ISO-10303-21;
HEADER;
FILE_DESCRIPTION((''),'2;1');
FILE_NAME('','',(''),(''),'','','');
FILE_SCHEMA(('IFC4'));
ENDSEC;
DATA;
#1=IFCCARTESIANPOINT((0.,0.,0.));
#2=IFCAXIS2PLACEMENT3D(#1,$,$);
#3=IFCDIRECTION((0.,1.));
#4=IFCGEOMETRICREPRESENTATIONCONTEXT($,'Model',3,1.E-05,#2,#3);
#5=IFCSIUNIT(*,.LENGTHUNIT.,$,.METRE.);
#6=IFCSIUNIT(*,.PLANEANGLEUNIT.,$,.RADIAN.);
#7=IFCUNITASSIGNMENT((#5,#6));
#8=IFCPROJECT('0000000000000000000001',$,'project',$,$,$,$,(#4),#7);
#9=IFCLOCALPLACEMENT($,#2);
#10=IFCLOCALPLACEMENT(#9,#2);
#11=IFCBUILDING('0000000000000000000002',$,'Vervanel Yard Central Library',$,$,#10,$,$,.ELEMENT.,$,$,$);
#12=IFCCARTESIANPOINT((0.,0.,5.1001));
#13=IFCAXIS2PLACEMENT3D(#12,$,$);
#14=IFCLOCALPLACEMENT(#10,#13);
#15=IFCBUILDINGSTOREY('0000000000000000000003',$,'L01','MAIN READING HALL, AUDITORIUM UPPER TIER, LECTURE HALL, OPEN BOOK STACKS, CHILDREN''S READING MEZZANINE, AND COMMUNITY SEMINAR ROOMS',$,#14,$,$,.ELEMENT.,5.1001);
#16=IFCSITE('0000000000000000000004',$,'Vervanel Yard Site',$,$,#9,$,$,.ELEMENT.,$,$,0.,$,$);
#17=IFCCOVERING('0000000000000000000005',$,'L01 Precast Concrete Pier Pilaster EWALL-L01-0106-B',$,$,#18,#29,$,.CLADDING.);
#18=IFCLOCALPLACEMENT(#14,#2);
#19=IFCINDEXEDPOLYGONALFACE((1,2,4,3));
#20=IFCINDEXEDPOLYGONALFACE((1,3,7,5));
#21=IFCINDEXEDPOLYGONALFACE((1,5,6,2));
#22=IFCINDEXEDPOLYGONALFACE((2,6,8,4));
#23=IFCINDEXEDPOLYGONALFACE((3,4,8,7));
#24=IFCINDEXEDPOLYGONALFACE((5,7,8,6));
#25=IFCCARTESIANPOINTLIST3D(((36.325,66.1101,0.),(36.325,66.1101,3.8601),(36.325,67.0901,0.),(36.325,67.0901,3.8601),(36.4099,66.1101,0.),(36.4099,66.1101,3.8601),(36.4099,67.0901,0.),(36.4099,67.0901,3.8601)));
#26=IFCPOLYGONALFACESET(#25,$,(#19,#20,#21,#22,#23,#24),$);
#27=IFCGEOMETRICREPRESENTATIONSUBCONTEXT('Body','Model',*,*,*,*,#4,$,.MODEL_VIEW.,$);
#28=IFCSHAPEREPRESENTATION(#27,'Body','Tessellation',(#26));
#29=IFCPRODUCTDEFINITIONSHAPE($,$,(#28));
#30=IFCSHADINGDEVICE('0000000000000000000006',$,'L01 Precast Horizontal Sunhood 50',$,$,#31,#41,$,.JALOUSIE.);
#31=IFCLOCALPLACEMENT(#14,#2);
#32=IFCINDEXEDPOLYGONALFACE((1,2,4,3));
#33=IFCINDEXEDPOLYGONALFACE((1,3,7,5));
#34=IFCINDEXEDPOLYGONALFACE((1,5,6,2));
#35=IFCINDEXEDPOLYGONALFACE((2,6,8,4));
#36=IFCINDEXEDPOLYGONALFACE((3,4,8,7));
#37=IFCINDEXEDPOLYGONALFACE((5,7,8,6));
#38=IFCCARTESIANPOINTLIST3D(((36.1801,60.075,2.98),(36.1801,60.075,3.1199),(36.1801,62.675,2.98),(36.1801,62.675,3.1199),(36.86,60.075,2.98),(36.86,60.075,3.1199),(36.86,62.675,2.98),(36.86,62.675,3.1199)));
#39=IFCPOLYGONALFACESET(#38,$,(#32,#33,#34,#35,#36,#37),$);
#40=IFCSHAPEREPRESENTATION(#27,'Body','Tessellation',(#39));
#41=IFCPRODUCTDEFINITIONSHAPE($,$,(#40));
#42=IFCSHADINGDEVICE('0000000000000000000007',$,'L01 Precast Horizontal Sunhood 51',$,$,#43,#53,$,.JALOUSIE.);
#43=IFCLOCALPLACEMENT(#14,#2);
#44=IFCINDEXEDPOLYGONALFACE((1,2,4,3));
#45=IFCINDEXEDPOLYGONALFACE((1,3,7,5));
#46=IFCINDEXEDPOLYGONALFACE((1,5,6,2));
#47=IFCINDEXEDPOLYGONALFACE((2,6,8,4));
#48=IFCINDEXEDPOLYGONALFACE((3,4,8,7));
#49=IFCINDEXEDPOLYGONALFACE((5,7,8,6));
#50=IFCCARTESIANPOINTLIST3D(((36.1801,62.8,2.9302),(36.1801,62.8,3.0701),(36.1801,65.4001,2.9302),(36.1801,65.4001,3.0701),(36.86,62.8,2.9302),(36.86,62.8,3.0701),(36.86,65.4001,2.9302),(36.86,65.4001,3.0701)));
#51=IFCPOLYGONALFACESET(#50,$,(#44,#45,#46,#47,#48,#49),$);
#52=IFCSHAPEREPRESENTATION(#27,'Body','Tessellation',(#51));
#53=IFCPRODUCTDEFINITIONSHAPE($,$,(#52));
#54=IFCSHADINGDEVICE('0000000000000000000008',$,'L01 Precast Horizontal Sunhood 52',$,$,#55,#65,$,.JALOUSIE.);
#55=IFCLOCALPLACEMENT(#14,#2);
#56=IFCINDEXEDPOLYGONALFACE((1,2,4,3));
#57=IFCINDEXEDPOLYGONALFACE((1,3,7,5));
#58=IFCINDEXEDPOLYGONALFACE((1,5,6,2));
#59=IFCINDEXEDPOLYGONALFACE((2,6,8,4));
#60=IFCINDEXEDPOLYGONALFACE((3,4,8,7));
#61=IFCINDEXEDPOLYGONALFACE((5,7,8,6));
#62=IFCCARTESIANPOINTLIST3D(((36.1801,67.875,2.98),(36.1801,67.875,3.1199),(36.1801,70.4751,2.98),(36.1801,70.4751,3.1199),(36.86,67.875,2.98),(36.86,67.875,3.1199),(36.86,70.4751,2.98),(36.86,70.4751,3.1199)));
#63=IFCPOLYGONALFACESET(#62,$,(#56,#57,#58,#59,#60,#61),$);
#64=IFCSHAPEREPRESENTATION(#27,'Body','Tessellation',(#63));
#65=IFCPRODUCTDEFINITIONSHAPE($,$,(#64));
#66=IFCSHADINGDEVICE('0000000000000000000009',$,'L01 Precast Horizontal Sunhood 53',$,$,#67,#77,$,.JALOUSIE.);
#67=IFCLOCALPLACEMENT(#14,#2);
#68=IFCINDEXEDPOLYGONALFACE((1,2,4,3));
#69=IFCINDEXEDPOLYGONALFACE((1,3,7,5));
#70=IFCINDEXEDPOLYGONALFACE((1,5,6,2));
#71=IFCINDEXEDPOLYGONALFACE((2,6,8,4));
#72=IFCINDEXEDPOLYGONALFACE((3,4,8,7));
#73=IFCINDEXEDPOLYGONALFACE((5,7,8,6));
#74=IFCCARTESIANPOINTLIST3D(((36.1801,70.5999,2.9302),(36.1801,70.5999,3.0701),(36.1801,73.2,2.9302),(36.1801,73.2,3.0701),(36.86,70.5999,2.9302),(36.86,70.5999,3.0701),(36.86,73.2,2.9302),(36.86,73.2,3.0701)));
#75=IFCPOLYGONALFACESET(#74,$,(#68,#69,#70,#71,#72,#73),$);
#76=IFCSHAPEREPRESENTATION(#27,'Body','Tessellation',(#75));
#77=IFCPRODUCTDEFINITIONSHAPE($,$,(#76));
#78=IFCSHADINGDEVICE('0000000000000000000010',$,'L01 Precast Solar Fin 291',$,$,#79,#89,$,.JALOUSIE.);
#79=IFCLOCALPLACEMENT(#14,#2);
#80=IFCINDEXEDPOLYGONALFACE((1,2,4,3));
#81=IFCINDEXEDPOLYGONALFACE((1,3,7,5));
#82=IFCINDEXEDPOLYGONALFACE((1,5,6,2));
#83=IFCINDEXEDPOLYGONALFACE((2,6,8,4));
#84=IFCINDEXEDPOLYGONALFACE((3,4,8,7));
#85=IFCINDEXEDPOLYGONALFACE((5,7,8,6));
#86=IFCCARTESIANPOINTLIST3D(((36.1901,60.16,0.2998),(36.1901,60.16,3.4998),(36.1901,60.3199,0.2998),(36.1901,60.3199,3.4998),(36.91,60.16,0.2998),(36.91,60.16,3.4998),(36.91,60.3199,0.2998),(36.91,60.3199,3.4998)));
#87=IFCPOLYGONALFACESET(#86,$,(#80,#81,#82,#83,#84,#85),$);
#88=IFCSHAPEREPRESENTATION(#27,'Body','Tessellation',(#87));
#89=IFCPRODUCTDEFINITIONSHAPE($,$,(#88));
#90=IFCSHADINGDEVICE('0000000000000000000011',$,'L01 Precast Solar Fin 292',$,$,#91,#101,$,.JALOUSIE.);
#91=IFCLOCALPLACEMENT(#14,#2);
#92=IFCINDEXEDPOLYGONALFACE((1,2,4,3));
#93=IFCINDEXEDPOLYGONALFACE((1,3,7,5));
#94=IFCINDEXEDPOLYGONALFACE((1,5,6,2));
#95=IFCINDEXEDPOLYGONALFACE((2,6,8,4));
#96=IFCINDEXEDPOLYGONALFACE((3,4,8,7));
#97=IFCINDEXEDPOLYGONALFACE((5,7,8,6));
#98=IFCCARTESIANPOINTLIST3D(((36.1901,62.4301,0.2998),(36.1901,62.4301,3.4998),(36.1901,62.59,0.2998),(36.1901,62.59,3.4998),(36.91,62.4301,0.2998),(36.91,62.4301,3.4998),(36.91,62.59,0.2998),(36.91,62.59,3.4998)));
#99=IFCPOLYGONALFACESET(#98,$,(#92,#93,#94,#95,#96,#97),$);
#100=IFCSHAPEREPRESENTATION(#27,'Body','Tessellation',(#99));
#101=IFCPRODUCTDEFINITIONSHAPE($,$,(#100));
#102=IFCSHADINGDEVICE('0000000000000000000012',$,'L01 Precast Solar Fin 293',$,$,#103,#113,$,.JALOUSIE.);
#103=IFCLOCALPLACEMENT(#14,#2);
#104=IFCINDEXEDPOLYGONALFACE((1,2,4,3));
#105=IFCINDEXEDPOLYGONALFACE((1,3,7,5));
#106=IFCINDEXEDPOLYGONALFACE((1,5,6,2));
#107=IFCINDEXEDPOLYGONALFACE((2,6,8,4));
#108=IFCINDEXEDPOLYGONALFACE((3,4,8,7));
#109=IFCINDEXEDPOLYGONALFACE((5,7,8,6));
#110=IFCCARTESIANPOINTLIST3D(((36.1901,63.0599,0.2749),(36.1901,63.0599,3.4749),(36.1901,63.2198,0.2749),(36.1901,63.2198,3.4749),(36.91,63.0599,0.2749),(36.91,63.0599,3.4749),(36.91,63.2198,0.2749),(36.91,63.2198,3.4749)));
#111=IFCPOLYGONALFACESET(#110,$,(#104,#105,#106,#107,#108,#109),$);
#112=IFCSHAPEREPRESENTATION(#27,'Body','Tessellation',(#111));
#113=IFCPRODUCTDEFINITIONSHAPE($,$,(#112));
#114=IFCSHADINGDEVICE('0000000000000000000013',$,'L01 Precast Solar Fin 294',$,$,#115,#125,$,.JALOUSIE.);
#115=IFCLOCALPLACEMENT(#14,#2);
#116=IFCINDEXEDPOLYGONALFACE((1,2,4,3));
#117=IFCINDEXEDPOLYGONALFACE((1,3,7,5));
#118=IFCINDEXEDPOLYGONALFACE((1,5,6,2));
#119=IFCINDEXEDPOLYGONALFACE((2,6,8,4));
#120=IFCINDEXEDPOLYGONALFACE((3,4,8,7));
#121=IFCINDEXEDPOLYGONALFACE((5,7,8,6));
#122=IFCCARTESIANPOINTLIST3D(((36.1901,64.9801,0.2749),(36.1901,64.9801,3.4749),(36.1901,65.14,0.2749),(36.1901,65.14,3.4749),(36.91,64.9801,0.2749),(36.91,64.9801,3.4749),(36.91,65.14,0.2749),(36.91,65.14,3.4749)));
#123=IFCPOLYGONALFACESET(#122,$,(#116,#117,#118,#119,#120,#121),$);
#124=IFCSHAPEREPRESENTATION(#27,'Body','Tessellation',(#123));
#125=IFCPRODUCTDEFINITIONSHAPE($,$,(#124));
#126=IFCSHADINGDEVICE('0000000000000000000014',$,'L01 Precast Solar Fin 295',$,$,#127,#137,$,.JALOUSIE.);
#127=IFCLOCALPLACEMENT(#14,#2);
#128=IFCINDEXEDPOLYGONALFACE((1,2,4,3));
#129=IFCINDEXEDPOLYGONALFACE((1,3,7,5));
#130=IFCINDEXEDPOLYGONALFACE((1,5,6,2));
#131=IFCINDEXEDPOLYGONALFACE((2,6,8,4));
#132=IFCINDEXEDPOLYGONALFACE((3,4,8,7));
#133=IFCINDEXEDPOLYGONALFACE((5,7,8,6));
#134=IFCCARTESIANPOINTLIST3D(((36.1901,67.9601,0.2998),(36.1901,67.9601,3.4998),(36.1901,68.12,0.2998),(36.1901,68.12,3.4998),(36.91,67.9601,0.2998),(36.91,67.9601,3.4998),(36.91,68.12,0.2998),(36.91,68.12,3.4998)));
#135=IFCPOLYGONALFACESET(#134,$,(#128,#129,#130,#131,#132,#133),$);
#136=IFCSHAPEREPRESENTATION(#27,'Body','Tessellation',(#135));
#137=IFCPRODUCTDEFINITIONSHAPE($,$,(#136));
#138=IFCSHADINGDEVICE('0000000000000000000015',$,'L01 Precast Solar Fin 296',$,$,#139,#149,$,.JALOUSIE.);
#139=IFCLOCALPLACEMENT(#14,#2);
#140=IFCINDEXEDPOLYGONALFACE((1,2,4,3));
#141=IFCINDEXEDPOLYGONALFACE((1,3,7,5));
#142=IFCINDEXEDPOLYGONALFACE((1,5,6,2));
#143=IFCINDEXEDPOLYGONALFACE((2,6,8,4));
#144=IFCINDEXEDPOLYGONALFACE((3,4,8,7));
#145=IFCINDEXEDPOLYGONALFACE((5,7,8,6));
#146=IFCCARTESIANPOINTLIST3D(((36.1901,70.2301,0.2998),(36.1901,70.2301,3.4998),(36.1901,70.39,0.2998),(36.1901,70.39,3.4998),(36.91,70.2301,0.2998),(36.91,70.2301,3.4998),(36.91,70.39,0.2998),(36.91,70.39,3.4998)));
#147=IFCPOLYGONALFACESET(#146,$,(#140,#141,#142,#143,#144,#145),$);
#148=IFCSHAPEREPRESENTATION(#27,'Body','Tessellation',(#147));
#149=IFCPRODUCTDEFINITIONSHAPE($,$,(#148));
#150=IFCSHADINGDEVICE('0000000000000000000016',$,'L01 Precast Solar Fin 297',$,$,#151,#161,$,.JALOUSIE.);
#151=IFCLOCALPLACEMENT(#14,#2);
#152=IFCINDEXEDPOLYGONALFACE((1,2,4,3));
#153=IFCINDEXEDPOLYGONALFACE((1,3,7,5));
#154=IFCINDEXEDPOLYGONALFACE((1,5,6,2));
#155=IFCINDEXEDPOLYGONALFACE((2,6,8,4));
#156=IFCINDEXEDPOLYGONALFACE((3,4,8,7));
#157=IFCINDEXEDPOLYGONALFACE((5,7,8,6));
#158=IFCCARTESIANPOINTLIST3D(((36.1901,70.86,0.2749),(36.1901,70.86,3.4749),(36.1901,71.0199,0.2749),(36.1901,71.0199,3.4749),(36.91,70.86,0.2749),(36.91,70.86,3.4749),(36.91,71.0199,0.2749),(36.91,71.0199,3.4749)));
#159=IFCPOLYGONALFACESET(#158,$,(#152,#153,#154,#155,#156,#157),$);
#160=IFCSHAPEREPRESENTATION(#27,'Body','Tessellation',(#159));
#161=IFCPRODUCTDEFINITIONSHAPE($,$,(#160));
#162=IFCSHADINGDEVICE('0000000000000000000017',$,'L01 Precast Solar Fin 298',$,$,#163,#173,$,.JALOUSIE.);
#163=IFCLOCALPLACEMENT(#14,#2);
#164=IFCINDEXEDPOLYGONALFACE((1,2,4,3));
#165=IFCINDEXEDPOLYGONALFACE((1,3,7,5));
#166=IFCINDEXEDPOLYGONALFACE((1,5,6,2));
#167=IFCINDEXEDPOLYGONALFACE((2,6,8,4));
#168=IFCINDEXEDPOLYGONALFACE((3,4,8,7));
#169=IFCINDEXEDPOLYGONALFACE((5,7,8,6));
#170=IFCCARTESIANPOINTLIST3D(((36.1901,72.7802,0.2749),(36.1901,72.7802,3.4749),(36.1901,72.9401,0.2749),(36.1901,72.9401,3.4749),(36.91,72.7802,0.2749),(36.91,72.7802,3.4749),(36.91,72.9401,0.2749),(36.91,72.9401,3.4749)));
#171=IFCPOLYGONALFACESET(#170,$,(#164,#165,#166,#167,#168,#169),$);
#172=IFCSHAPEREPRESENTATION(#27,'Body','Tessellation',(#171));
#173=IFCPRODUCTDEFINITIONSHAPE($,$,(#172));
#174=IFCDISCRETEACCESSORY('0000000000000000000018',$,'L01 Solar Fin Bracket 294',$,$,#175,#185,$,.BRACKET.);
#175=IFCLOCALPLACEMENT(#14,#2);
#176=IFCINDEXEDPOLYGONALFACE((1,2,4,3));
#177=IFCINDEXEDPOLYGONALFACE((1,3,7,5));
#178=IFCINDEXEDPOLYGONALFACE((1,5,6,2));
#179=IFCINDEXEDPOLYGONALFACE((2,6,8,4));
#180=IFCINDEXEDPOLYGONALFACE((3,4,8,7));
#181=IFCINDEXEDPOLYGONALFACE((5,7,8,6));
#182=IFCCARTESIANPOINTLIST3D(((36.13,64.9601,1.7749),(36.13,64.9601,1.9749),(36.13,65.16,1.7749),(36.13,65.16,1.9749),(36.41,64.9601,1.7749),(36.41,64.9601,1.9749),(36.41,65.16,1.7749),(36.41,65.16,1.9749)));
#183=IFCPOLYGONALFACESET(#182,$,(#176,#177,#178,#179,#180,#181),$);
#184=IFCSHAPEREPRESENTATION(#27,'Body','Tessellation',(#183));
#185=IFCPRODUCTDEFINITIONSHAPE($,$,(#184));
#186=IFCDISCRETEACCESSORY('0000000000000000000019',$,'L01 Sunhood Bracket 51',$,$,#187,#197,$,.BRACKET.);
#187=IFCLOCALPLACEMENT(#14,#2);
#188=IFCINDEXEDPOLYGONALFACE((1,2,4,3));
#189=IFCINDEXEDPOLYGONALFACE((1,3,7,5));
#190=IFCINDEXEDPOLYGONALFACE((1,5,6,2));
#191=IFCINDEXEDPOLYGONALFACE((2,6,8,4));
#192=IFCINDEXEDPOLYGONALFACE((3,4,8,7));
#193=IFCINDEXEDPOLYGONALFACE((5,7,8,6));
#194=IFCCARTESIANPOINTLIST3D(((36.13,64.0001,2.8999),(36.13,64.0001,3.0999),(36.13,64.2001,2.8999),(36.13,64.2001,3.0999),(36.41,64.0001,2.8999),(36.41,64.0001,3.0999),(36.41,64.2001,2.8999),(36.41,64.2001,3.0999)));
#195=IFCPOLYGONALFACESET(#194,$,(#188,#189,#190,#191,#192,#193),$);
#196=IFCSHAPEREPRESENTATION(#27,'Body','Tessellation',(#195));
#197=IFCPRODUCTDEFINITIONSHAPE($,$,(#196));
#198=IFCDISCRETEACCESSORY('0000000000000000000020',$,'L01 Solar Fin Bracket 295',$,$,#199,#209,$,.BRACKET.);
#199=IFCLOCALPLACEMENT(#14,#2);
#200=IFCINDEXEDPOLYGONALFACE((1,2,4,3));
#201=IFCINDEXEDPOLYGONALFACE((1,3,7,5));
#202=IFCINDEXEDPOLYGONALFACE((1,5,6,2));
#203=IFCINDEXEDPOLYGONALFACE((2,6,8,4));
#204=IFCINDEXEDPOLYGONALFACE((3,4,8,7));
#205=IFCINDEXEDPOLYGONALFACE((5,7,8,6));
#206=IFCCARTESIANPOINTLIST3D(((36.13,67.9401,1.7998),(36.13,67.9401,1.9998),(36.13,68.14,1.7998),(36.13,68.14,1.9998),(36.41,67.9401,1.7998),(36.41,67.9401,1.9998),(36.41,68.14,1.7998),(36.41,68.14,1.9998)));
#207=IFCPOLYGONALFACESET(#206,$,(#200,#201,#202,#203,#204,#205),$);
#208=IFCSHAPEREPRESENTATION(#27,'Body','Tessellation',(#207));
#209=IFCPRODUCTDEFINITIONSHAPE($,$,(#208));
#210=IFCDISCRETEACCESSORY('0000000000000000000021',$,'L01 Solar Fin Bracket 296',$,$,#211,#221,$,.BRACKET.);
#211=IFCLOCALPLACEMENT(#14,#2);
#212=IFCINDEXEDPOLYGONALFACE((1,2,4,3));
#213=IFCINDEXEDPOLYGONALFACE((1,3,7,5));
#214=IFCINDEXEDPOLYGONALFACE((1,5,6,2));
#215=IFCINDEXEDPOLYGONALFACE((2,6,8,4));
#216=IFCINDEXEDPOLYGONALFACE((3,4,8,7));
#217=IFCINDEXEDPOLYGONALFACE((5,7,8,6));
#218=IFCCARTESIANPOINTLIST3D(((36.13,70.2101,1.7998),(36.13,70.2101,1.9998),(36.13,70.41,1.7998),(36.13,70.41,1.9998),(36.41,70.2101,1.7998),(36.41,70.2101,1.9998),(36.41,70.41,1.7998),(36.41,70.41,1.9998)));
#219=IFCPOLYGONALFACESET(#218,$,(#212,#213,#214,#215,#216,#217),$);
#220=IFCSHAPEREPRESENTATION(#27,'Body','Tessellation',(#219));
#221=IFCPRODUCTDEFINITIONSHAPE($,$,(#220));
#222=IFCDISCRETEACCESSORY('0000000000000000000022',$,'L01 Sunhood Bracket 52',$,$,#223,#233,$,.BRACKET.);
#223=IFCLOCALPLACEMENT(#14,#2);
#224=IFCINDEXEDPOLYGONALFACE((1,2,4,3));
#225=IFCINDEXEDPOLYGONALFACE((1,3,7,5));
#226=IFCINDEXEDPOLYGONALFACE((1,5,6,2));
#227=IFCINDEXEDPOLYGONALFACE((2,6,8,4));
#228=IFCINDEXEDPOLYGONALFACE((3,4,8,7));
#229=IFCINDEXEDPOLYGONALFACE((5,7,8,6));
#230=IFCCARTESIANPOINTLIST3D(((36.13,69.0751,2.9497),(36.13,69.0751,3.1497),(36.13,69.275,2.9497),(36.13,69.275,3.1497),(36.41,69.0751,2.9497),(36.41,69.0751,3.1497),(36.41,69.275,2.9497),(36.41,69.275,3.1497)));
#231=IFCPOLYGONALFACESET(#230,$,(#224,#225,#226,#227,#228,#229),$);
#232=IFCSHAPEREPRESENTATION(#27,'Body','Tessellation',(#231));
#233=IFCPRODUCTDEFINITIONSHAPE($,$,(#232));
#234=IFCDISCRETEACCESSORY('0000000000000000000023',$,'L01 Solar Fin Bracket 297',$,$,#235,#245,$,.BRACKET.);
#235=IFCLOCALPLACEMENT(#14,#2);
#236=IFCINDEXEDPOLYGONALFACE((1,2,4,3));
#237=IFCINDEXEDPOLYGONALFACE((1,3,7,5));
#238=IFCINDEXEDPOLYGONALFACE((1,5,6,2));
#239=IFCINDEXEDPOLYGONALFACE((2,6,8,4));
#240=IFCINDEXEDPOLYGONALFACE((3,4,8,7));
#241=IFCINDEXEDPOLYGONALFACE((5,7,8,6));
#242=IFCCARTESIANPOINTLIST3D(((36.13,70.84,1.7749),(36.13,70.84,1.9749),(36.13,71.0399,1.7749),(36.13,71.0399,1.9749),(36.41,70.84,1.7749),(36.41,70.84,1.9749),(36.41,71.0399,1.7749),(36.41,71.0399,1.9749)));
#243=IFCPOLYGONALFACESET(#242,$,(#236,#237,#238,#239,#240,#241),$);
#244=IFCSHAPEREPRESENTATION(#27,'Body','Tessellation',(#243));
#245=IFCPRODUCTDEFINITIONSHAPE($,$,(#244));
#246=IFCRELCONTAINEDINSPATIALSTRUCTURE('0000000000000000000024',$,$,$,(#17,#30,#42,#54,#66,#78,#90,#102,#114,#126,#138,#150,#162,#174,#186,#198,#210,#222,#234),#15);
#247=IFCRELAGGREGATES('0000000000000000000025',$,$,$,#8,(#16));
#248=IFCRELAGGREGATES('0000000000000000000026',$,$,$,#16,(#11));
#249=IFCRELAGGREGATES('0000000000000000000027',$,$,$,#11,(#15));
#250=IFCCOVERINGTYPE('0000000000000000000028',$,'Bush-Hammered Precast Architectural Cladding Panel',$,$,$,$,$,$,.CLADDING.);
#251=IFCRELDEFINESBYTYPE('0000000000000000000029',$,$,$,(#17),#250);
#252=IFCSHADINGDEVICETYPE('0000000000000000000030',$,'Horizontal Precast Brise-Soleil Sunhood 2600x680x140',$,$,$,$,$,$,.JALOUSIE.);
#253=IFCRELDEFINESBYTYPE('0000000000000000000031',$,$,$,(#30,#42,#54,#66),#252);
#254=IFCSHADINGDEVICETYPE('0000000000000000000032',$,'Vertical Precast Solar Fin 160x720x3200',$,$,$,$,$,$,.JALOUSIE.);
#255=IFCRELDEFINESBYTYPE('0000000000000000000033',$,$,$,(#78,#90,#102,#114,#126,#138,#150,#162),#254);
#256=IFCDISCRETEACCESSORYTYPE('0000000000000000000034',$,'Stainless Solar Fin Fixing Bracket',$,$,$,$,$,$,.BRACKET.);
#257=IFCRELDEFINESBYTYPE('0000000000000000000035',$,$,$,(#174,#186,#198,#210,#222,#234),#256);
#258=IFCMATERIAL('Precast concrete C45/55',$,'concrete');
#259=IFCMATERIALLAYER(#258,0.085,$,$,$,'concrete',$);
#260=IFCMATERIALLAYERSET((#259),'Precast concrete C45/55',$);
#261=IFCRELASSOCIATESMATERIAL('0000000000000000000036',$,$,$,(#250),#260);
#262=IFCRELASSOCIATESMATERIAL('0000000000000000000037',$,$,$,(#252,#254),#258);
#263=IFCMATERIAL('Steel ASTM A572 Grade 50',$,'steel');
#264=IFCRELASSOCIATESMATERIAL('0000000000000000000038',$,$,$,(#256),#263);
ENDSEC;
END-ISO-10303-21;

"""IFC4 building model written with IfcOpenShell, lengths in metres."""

from ifc_helpers import new_model, si_unit, direction, frame, origin, origin_2d, place, context, subcontext, project, spatial, rectangle, extrude, material, layer, layer_set, type_object, element, save


model = new_model("IFC4")

# Units and contexts
model_context = context("Model", 3, precision=1e-05, world=origin(), true_north=direction((0.0, 1.0)))
body_context = subcontext(model_context, "Body", "Model", "MODEL_VIEW")
ifc_project = project(units=[si_unit("LENGTHUNIT", "METRE"), si_unit("PLANEANGLEUNIT", "RADIAN")], contexts=[model_context])

# Site, building, storey
site_placement = place(None, origin())
site = spatial("IfcSite", under=ifc_project, at=site_placement, Name="Vervanel Yard Site", CompositionType="ELEMENT", RefElevation=0.0)
building_placement = place(site_placement, origin())
building = spatial("IfcBuilding", under=site, at=building_placement, Name="Vervanel Yard Central Library", CompositionType="ELEMENT")
storey_placement = place(building_placement, frame((0.0, 0.0, 5.1001)))
storey = spatial("IfcBuildingStorey", under=building, at=storey_placement, Name="L01", Description="MAIN READING HALL, AUDITORIUM UPPER TIER, LECTURE HALL, OPEN BOOK STACKS, CHILDREN'S READING MEZZANINE, AND COMMUNITY SEMINAR ROOMS", CompositionType="ELEMENT", Elevation=5.1001)

# Covering
ifc_material_1 = material(Name="Precast concrete C45/55", Category="concrete")
ifc_layer = layer(ifc_material_1, 0.085, Category="concrete")
ifc_layer_set = layer_set([ifc_layer], Name="Precast concrete C45/55")
covering_type = type_object("IfcCoveringType", Name="Bush-Hammered Precast Architectural Cladding Panel", PredefinedType="CLADDING", material=ifc_layer_set)
covering_placement = place(storey_placement, frame((36.3674, 66.6001, 0.0), z_axis=(0.0, 0.0, 1.0), x_axis=(0.0, 1.0, 0.0)))
element("IfcCovering", 1, at=covering_placement, inside=storey, type_object=covering_type, Name="L01 Precast Concrete Pier Pilaster EWALL-L01-0106-B", PredefinedType="CLADDING", context=body_context, shape_type="SweptSolid", body=[
    extrude(rectangle(XDim=0.98, YDim=0.085, at=origin_2d()), origin(), (0.0, 0.0, 1.0), 3.8601),
])

# Shading devices
shading_device_type_1 = type_object("IfcShadingDeviceType", Name="Horizontal Precast Brise-Soleil Sunhood 2600x680x140", PredefinedType="JALOUSIE", material=ifc_material_1)
for number, where, z_axis, x_axis, name in (
    (2, (36.52, 61.375, 2.98), (0.0, 0.0, 1.0), (0.0, 1.0, 0.0), "L01 Precast Horizontal Sunhood 50"),
    (3, (36.52, 64.1001, 2.9302), (0.0, 0.0, 1.0), (0.0, 1.0, 0.0), "L01 Precast Horizontal Sunhood 51"),
    (4, (36.52, 69.175, 2.98), (0.0, 0.0, 1.0), (0.0, 1.0, 0.0), "L01 Precast Horizontal Sunhood 52"),
    (5, (36.52, 71.8999, 2.9302), (0.0, 0.0, 1.0), (0.0, 1.0, 0.0), "L01 Precast Horizontal Sunhood 53"),
):
    element("IfcShadingDevice", number, at=place(storey_placement, frame(where, z_axis=z_axis, x_axis=x_axis)), inside=storey, type_object=shading_device_type_1, Name=name, PredefinedType="JALOUSIE", context=body_context, shape_type="SweptSolid", body=[
        extrude(rectangle(XDim=2.6001, YDim=0.6799, at=origin_2d()), origin(), (0.0, 0.0, 1.0), 0.1399),
    ])
shading_device_type_2 = type_object("IfcShadingDeviceType", Name="Vertical Precast Solar Fin 160x720x3200", PredefinedType="JALOUSIE", material=ifc_material_1)
for number, where, z_axis, x_axis, name in (
    (6, (36.55, 60.24, 0.2998), (0.0, 0.0, 1.0), (0.0, 1.0, 0.0), "L01 Precast Solar Fin 291"),
    (7, (36.55, 62.51, 0.2998), (0.0, 0.0, 1.0), (0.0, 1.0, 0.0), "L01 Precast Solar Fin 292"),
    (8, (36.55, 63.1399, 0.2749), (0.0, 0.0, 1.0), (0.0, 1.0, 0.0), "L01 Precast Solar Fin 293"),
    (9, (36.55, 65.0601, 0.2749), (0.0, 0.0, 1.0), (0.0, 1.0, 0.0), "L01 Precast Solar Fin 294"),
    (10, (36.55, 68.04, 0.2998), (0.0, 0.0, 1.0), (0.0, 1.0, 0.0), "L01 Precast Solar Fin 295"),
    (11, (36.55, 70.3101, 0.2998), (0.0, 0.0, 1.0), (0.0, 1.0, 0.0), "L01 Precast Solar Fin 296"),
    (12, (36.55, 70.9399, 0.2749), (0.0, 0.0, 1.0), (0.0, 1.0, 0.0), "L01 Precast Solar Fin 297"),
    (13, (36.55, 72.8601, 0.2749), (0.0, 0.0, 1.0), (0.0, 1.0, 0.0), "L01 Precast Solar Fin 298"),
):
    element("IfcShadingDevice", number, at=place(storey_placement, frame(where, z_axis=z_axis, x_axis=x_axis)), inside=storey, type_object=shading_device_type_2, Name=name, PredefinedType="JALOUSIE", context=body_context, shape_type="SweptSolid", body=[
        extrude(rectangle(XDim=0.1599, YDim=0.72, at=origin_2d()), origin(), (0.0, 0.0, 1.0), 3.2),
    ])

# Discrete accessories
ifc_material_2 = material(Name="Steel ASTM A572 Grade 50", Category="steel")
discrete_accessory_type = type_object("IfcDiscreteAccessoryType", Name="Stainless Solar Fin Fixing Bracket", PredefinedType="BRACKET", material=ifc_material_2)
for number, where, z_axis, x_axis, name in (
    (14, (36.27, 65.0601, 1.7749), (0.0, 0.0, 1.0), (0.0, 1.0, 0.0), "L01 Solar Fin Bracket 294"),
    (15, (36.27, 64.1001, 2.8999), (0.0, 0.0, 1.0), (0.0, 1.0, 0.0), "L01 Sunhood Bracket 51"),
    (16, (36.27, 68.04, 1.7998), (0.0, 0.0, 1.0), (0.0, 1.0, 0.0), "L01 Solar Fin Bracket 295"),
    (17, (36.27, 70.3101, 1.7998), (0.0, 0.0, 1.0), (0.0, 1.0, 0.0), "L01 Solar Fin Bracket 296"),
    (18, (36.27, 69.175, 2.9497), (0.0, 0.0, 1.0), (0.0, 1.0, 0.0), "L01 Sunhood Bracket 52"),
    (19, (36.27, 70.9399, 1.7749), (0.0, 0.0, 1.0), (0.0, 1.0, 0.0), "L01 Solar Fin Bracket 297"),
):
    element("IfcDiscreteAccessory", number, at=place(storey_placement, frame(where, z_axis=z_axis, x_axis=x_axis)), inside=storey, type_object=discrete_accessory_type, Name=name, PredefinedType="BRACKET", context=body_context, shape_type="SweptSolid", body=[
        extrude(rectangle(XDim=0.2, YDim=0.28, at=origin_2d()), origin(), (0.0, 0.0, 1.0), 0.2),
    ])

save(model, "model.ifc")
